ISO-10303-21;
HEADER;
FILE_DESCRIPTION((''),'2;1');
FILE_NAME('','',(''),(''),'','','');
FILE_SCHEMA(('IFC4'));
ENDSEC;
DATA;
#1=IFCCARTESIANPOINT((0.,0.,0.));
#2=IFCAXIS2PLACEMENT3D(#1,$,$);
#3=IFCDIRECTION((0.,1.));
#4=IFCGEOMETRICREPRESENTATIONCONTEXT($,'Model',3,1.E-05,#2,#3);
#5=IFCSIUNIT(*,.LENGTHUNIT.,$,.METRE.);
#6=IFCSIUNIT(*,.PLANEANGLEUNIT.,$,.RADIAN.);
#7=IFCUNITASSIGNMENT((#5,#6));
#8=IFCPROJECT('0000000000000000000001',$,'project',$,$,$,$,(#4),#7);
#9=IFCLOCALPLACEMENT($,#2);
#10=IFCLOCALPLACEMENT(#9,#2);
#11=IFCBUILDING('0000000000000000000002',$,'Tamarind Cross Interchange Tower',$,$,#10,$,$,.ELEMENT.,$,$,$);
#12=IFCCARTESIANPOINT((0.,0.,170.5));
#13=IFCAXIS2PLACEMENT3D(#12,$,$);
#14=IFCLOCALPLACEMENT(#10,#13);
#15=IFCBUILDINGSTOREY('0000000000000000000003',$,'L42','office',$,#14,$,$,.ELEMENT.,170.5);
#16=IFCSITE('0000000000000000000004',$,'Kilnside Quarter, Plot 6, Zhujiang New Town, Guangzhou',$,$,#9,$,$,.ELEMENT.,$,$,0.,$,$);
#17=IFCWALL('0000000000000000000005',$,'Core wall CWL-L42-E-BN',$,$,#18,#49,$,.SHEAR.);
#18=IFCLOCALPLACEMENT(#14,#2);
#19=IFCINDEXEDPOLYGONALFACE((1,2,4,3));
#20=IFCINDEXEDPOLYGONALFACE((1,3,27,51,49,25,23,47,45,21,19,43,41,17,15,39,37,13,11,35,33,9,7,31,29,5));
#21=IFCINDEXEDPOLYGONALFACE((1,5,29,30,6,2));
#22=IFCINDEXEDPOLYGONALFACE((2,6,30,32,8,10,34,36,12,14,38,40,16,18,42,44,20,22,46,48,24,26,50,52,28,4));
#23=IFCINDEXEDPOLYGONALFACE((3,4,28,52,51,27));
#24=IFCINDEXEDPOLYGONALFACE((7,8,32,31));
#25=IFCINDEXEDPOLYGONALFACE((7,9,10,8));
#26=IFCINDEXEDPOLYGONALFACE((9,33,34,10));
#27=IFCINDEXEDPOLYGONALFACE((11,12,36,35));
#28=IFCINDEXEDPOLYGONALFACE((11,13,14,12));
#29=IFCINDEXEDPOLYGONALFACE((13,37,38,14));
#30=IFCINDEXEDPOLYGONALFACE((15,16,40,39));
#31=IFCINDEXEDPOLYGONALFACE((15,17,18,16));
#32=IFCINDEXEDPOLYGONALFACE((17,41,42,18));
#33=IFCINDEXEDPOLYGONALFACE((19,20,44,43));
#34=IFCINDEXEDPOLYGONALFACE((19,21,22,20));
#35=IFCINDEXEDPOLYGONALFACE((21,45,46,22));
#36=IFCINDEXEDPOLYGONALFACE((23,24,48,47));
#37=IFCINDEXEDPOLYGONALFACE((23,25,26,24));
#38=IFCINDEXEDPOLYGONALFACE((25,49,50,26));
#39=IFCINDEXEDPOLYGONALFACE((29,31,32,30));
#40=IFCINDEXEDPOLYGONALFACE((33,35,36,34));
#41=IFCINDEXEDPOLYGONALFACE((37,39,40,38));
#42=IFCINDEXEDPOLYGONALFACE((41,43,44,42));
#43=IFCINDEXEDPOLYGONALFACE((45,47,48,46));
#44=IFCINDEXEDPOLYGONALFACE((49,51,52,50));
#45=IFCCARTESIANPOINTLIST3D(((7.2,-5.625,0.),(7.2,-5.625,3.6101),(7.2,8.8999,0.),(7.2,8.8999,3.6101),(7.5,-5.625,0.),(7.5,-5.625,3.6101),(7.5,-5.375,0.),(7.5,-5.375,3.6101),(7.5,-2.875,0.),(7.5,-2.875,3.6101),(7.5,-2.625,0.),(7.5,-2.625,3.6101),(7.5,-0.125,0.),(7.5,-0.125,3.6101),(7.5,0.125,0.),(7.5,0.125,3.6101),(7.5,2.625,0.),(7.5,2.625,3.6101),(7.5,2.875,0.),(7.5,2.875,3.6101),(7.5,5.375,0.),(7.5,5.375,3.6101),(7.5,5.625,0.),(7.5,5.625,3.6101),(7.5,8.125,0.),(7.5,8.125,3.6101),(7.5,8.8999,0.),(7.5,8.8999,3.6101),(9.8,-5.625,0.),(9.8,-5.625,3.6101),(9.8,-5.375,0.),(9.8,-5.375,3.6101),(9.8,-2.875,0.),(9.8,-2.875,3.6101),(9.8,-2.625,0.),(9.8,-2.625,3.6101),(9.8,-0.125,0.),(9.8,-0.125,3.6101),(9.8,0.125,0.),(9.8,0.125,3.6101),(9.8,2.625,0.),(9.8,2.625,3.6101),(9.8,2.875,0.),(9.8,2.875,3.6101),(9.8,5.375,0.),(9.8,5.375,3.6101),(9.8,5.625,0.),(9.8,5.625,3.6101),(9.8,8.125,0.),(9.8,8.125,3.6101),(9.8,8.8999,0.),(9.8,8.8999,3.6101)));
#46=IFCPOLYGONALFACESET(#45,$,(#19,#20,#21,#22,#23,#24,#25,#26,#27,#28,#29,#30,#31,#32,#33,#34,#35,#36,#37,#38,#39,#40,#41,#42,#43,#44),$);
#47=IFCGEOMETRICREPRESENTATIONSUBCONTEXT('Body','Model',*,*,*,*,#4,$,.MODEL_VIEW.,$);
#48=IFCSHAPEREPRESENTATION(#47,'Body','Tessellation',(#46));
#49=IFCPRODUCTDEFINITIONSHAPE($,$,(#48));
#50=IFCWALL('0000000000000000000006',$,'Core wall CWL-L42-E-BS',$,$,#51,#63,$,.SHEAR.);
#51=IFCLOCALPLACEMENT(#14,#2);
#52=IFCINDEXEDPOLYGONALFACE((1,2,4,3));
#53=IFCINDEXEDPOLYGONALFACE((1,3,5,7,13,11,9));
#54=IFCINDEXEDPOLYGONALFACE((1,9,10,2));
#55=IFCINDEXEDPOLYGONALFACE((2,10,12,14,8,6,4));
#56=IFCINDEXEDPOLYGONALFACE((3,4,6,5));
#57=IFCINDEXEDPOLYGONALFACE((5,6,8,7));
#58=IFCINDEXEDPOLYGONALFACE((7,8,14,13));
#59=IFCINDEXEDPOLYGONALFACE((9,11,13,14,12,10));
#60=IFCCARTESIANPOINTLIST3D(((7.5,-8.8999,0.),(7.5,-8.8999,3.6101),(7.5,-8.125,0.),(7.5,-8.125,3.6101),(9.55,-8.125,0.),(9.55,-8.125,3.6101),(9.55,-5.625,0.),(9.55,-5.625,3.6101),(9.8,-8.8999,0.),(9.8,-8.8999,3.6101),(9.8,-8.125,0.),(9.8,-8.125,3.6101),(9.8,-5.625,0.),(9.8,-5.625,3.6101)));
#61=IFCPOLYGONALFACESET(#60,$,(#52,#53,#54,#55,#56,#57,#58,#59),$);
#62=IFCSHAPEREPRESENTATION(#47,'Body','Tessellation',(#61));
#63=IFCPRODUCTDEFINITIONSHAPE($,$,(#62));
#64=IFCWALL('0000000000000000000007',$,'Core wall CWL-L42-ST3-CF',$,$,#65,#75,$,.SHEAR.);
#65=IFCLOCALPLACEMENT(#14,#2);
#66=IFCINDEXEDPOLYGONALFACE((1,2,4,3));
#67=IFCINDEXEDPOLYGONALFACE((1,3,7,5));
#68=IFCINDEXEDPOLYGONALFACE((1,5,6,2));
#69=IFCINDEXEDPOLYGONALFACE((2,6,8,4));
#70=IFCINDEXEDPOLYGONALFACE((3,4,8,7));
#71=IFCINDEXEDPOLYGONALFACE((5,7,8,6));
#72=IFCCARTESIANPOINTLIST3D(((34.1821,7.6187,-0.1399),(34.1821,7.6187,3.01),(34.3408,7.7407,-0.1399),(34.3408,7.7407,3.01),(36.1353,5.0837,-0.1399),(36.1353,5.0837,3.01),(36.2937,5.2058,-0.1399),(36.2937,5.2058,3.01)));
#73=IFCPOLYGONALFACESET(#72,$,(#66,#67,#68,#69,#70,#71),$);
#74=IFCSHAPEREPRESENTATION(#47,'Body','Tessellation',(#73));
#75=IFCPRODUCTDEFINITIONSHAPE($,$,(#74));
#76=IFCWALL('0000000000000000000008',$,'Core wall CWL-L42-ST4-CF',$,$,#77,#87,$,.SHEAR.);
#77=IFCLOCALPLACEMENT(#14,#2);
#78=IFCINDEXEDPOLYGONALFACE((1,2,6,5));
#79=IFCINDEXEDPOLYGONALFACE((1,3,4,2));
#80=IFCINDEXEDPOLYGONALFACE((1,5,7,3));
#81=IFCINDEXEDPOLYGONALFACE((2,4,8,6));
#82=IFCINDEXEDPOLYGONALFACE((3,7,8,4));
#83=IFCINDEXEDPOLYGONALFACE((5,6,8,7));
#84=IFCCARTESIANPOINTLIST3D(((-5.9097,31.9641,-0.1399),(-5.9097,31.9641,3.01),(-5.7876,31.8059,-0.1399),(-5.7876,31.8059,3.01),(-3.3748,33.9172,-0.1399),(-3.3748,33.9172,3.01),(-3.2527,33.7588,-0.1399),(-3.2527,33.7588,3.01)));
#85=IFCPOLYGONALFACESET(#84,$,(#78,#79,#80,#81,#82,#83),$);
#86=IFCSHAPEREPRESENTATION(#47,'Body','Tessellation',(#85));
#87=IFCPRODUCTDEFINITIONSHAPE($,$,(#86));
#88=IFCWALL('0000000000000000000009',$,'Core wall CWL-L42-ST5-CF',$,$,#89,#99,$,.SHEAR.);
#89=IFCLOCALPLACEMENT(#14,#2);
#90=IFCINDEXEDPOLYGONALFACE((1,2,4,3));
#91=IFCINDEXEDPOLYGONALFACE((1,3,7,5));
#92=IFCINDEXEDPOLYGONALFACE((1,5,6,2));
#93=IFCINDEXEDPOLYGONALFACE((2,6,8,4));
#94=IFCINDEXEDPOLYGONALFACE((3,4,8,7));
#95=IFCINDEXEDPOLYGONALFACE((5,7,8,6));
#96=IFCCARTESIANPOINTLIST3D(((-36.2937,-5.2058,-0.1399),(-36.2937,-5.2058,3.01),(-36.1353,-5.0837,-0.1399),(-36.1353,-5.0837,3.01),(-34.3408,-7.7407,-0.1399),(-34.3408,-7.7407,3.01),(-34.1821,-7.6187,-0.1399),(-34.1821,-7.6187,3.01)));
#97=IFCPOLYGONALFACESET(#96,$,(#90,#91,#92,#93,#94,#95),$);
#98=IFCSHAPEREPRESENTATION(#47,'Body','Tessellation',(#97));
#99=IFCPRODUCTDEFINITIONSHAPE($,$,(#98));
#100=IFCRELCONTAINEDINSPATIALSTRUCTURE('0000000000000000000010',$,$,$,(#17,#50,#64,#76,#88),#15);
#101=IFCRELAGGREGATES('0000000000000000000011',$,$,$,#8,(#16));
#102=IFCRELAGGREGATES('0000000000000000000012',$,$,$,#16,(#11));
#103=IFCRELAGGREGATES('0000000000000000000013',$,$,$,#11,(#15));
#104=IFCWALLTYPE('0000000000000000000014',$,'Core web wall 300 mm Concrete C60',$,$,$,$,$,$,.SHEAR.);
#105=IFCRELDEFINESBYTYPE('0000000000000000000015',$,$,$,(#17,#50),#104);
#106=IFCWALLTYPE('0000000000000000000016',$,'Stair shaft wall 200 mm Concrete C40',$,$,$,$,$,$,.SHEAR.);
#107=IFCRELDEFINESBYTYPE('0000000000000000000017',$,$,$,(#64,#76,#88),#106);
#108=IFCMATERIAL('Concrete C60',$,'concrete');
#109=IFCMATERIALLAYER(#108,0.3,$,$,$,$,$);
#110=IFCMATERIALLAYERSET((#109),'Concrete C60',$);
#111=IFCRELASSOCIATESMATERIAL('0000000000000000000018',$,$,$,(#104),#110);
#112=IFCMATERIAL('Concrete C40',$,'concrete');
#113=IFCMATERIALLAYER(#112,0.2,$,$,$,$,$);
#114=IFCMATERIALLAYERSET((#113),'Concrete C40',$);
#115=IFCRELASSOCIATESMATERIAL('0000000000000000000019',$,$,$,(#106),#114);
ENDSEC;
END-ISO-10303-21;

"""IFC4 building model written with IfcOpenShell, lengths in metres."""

from ifc_helpers import new_model, si_unit, direction, frame, origin, place, context, subcontext, project, spatial, polyline, outline, extrude, material, layer, layer_set, type_object, element, save


model = new_model("IFC4")

# Units and contexts
model_context = context("Model", 3, precision=1e-05, world=origin(), true_north=direction((0.0, 1.0)))
body_context = subcontext(model_context, "Body", "Model", "MODEL_VIEW")
ifc_project = project(units=[si_unit("LENGTHUNIT", "METRE"), si_unit("PLANEANGLEUNIT", "RADIAN")], contexts=[model_context])

# Site, building, storey
site_placement = place(None, origin())
site = spatial("IfcSite", under=ifc_project, at=site_placement, Name="Kilnside Quarter, Plot 6, Zhujiang New Town, Guangzhou", CompositionType="ELEMENT", RefElevation=0.0)
building_placement = place(site_placement, origin())
building = spatial("IfcBuilding", under=site, at=building_placement, Name="Tamarind Cross Interchange Tower", CompositionType="ELEMENT")
storey_placement = place(building_placement, frame((0.0, 0.0, 170.5)))
storey = spatial("IfcBuildingStorey", under=building, at=storey_placement, Name="L42", Description="office", CompositionType="ELEMENT", Elevation=170.5)

# Shared definitions
ifc_material_1 = material(Name="Concrete C40", Category="concrete")

# Walls
ifc_material_2 = material(Name="Concrete C60", Category="concrete")
ifc_layer_1 = layer(ifc_material_2, 0.3)
ifc_layer_set_1 = layer_set([ifc_layer_1], Name="Concrete C60")
wall_type_1 = type_object("IfcWallType", Name="Core web wall 300 mm Concrete C60", PredefinedType="SHEAR", material=ifc_layer_set_1)
wall_1_placement = place(storey_placement, origin())
element("IfcWall", 1, at=wall_1_placement, inside=storey, type_object=wall_type_1, Name="Core wall CWL-L42-E-BN", PredefinedType="SHEAR", context=body_context, shape_type="SweptSolid", body=[
    extrude(outline(polyline([(9.8, -5.375), (7.5, -5.375), (7.5, -2.875), (9.8, -2.875), (9.8, -2.625), (7.5, -2.625), (7.5, -0.125), (9.8, -0.125), (9.8, 0.125), (7.5, 0.125), (7.5, 2.625), (9.8, 2.625), (9.8, 2.875), (7.5, 2.875), (7.5, 5.375), (9.8, 5.375), (9.8, 5.625), (7.5, 5.625), (7.5, 8.125), (9.8, 8.125), (9.8, 8.8999), (7.5, 8.8999), (7.2, 8.8999), (7.2, -5.625), (7.5, -5.625), (9.8, -5.625), (9.8, -5.375)])), origin(), (0.0, 0.0, 1.0), 3.6101),
])
wall_2_placement = place(storey_placement, origin())
element("IfcWall", 2, at=wall_2_placement, inside=storey, type_object=wall_type_1, Name="Core wall CWL-L42-E-BS", PredefinedType="SHEAR", context=body_context, shape_type="SweptSolid", body=[
    extrude(outline(polyline([(7.5, -8.125), (7.5, -8.8999), (9.8, -8.8999), (9.8, -8.125), (9.8, -5.625), (9.55, -5.625), (9.55, -8.125), (7.5, -8.125)])), origin(), (0.0, 0.0, 1.0), 3.6101),
])
ifc_layer_2 = layer(ifc_material_1, 0.2)
ifc_layer_set_2 = layer_set([ifc_layer_2], Name="Concrete C40")
wall_type_2 = type_object("IfcWallType", Name="Stair shaft wall 200 mm Concrete C40", PredefinedType="SHEAR", material=ifc_layer_set_2)
wall_3_placement = place(storey_placement, frame((0.0, 0.0, -0.1399)))
element("IfcWall", 3, at=wall_3_placement, inside=storey, type_object=wall_type_2, Name="Core wall CWL-L42-ST3-CF", PredefinedType="SHEAR", context=body_context, shape_type="SweptSolid", body=[
    extrude(outline(polyline([(36.1353, 5.0837), (36.2937, 5.2058), (34.3408, 7.7407), (34.1821, 7.6187), (36.1353, 5.0837)])), origin(), (0.0, 0.0, 1.0), 3.1499),
])
wall_4_placement = place(storey_placement, frame((0.0, 0.0, -0.1399)))
element("IfcWall", 4, at=wall_4_placement, inside=storey, type_object=wall_type_2, Name="Core wall CWL-L42-ST4-CF", PredefinedType="SHEAR", context=body_context, shape_type="SweptSolid", body=[
    extrude(outline(polyline([(-3.2527, 33.7588), (-3.3748, 33.9172), (-5.9097, 31.9641), (-5.7876, 31.8059), (-3.2527, 33.7588)])), origin(), (0.0, 0.0, 1.0), 3.1499),
])
wall_5_placement = place(storey_placement, frame((0.0, 0.0, -0.1399)))
element("IfcWall", 5, at=wall_5_placement, inside=storey, type_object=wall_type_2, Name="Core wall CWL-L42-ST5-CF", PredefinedType="SHEAR", context=body_context, shape_type="SweptSolid", body=[
    extrude(outline(polyline([(-36.1353, -5.0837), (-36.2937, -5.2058), (-34.3408, -7.7407), (-34.1821, -7.6187), (-36.1353, -5.0837)])), origin(), (0.0, 0.0, 1.0), 3.1499),
])

save(model, "model.ifc")
